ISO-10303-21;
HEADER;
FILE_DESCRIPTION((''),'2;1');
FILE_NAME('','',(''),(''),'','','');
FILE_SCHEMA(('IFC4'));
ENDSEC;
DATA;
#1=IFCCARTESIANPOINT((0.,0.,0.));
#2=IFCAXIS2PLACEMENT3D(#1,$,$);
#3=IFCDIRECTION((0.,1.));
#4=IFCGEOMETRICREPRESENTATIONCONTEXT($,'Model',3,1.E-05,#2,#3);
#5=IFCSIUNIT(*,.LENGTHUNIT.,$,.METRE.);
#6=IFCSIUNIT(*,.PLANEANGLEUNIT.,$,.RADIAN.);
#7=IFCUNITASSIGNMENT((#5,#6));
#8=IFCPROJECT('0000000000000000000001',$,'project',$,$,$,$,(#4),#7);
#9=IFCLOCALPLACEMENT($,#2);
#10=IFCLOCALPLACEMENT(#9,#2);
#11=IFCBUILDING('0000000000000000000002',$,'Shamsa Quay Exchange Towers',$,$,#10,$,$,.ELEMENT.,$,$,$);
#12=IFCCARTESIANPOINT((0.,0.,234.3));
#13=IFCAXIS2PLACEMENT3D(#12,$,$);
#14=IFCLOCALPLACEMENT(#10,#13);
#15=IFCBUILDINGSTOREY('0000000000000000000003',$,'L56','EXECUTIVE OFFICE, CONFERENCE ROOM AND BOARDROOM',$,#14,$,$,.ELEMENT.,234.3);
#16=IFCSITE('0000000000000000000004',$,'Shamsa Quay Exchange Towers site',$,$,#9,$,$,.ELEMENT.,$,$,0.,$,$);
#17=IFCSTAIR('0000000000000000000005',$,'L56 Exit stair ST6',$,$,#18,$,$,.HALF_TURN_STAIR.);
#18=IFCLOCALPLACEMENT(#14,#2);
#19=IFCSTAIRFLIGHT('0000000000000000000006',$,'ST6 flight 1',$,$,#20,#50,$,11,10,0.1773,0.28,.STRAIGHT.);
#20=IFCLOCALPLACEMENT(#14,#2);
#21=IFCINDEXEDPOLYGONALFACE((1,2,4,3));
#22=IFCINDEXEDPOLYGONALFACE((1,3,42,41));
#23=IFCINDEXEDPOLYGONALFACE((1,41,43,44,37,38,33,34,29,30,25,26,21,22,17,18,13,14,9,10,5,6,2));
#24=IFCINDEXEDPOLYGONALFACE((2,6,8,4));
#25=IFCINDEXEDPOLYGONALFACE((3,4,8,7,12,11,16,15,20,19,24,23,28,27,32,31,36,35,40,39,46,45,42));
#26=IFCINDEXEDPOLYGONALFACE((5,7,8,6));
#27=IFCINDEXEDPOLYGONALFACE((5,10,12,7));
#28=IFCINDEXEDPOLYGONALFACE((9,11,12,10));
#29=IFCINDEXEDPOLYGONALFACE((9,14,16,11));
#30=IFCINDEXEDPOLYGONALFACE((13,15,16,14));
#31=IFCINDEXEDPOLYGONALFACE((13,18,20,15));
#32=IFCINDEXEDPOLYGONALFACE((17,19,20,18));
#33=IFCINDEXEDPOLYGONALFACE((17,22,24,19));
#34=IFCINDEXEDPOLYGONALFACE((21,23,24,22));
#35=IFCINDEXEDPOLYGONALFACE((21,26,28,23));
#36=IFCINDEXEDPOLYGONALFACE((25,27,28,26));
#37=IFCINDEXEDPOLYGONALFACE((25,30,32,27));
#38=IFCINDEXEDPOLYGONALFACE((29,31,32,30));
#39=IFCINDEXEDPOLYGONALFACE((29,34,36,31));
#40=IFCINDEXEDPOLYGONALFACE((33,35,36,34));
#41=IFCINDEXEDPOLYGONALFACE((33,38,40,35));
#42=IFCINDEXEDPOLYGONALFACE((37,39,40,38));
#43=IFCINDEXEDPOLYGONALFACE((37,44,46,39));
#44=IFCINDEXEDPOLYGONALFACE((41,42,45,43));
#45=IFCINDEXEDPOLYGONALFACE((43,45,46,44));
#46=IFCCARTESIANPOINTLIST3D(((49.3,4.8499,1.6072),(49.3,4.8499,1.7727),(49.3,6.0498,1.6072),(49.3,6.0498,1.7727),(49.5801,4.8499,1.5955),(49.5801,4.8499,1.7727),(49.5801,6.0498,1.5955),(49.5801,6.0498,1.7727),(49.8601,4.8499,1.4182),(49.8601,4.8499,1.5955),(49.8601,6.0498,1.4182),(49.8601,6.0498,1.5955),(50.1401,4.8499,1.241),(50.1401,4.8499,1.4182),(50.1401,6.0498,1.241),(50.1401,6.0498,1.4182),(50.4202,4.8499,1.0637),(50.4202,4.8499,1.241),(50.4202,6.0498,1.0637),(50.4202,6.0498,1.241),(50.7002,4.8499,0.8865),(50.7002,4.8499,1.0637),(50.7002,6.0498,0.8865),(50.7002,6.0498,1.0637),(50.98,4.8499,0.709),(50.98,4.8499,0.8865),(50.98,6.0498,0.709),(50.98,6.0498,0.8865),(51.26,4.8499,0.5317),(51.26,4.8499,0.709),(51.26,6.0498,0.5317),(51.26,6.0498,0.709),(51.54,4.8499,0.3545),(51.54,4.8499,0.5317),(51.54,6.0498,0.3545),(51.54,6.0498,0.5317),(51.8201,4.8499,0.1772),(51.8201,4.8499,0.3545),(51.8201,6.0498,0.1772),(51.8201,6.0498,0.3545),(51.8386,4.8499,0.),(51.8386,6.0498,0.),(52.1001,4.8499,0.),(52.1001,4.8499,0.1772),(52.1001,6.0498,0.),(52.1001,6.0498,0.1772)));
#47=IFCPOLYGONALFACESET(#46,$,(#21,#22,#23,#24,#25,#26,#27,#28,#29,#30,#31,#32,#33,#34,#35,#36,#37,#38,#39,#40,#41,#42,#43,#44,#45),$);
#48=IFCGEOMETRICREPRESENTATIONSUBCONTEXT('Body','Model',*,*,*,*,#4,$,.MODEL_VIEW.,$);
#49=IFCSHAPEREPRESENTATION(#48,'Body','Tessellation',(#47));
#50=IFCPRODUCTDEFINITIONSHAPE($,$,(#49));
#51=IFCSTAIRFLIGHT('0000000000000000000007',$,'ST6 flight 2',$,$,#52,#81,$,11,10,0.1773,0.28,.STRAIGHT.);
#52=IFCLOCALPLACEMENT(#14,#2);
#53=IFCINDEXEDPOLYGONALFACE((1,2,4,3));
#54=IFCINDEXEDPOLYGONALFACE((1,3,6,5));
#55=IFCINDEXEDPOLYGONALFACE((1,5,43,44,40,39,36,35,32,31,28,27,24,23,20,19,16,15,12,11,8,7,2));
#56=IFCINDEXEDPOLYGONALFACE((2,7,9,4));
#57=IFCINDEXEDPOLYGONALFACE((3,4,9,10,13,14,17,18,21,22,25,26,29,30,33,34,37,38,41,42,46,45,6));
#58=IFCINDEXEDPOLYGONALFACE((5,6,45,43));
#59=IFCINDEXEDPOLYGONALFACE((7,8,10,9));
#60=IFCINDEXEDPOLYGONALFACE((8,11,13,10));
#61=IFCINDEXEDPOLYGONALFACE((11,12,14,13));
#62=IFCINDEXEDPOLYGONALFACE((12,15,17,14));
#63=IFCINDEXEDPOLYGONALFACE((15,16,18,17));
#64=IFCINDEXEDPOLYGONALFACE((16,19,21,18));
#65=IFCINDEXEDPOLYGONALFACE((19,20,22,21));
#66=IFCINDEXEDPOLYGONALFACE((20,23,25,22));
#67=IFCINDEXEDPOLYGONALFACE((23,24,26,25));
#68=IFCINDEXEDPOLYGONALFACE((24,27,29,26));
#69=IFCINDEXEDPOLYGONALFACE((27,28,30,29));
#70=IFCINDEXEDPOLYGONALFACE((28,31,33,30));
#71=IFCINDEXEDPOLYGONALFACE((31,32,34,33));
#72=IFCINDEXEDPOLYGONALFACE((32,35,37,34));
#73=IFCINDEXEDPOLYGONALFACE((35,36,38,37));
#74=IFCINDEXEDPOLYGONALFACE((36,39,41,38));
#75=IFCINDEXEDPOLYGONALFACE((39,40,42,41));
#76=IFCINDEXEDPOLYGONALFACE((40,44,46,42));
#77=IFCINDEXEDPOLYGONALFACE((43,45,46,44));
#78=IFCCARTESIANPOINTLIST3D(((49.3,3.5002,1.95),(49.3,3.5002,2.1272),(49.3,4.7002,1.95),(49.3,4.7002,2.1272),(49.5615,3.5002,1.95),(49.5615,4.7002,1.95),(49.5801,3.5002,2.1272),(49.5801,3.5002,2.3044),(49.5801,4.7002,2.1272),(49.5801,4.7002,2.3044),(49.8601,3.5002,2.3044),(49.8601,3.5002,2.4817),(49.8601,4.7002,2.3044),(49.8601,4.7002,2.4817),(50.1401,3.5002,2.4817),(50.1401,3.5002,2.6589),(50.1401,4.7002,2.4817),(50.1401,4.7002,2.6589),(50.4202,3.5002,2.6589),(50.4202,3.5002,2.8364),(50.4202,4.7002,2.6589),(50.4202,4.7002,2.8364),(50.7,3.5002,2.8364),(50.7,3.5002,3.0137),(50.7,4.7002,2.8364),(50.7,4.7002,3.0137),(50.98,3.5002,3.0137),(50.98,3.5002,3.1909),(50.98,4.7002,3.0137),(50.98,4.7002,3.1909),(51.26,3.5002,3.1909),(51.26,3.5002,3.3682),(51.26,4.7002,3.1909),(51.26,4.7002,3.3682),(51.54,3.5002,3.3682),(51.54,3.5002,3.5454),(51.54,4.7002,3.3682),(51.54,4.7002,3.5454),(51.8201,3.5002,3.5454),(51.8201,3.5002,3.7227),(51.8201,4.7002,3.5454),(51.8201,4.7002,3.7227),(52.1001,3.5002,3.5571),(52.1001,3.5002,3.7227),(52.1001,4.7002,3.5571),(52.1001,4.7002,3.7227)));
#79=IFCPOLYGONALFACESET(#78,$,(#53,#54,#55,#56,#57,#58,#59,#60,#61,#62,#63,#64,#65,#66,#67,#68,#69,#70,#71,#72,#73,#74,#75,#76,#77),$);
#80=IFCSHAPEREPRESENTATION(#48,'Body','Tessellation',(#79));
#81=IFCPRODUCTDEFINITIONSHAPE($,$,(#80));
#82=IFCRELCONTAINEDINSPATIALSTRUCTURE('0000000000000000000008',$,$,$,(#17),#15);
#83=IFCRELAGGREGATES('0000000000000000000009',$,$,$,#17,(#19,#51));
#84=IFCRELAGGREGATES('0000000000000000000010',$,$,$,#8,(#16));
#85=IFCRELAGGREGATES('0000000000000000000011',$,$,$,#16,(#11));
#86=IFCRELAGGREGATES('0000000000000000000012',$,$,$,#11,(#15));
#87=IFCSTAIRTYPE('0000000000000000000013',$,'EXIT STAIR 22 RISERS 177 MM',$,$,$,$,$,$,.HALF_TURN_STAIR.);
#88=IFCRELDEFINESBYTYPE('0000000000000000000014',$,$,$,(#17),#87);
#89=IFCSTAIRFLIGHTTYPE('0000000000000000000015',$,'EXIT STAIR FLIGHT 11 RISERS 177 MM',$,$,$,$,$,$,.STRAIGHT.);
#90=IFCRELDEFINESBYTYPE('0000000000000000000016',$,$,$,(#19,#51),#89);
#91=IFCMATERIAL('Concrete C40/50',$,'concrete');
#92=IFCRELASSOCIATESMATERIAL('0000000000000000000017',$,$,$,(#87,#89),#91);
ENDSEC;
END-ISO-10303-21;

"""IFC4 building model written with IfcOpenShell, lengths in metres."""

from ifc_helpers import new_model, si_unit, direction, frame, origin, place, context, subcontext, project, spatial, polyline, outline, extrude, material, type_object, element, aggregate, save


model = new_model("IFC4")

# Units and contexts
model_context = context("Model", 3, precision=1e-05, world=origin(), true_north=direction((0.0, 1.0)))
body_context = subcontext(model_context, "Body", "Model", "MODEL_VIEW")
ifc_project = project(units=[si_unit("LENGTHUNIT", "METRE"), si_unit("PLANEANGLEUNIT", "RADIAN")], contexts=[model_context])

# Site, building, storey
site_placement = place(None, origin())
site = spatial("IfcSite", under=ifc_project, at=site_placement, Name="Shamsa Quay Exchange Towers site", CompositionType="ELEMENT", RefElevation=0.0)
building_placement = place(site_placement, origin())
building = spatial("IfcBuilding", under=site, at=building_placement, Name="Shamsa Quay Exchange Towers", CompositionType="ELEMENT")
storey_placement = place(building_placement, frame((0.0, 0.0, 234.3)))
storey = spatial("IfcBuildingStorey", under=building, at=storey_placement, Name="L56", Description="EXECUTIVE OFFICE, CONFERENCE ROOM AND BOARDROOM", CompositionType="ELEMENT", Elevation=234.3)

# Stair, stair flights
ifc_material_1 = material(Name="Concrete C40/50", Category="concrete")
stair_type = type_object("IfcStairType", Name="EXIT STAIR 22 RISERS 177 MM", PredefinedType="HALF_TURN_STAIR", material=ifc_material_1)
stair_placement = place(storey_placement, origin())
stair = element("IfcStair", 1, at=stair_placement, inside=storey, type_object=stair_type, Name="L56 Exit stair ST6", PredefinedType="HALF_TURN_STAIR")
stair_flight_type = type_object("IfcStairFlightType", Name="EXIT STAIR FLIGHT 11 RISERS 177 MM", PredefinedType="STRAIGHT", material=ifc_material_1)
stair_flight_1_placement = place(storey_placement, frame((52.1001, 5.45, 0.0), z_axis=(0.0, 0.0, 1.0), x_axis=(-1.0, 0.0, 0.0)))
stair_flight_1 = element("IfcStairFlight", 2, at=stair_flight_1_placement, type_object=stair_flight_type, Name="ST6 flight 1", NumberOfRisers=11, NumberOfTreads=10, PredefinedType="STRAIGHT", RiserHeight=0.1773, TreadLength=0.28, context=body_context, shape_type="SweptSolid", body=[
    extrude(outline(polyline([(0.0, 0.0), (0.0, 0.1772), (0.28, 0.1772), (0.28, 0.3545), (0.5601, 0.3545), (0.5601, 0.5317), (0.8401, 0.5317), (0.8401, 0.709), (1.1201, 0.709), (1.1201, 0.8865), (1.3999, 0.8865), (1.3999, 1.0637), (1.6799, 1.0637), (1.6799, 1.241), (1.96, 1.241), (1.96, 1.4182), (2.24, 1.4182), (2.24, 1.5955), (2.52, 1.5955), (2.52, 1.7727), (2.8, 1.7727), (2.8, 1.95), (2.8, 1.6072), (0.2615, 0.0), (0.0, 0.0)])), frame((0.0, 0.6001, 0.0), z_axis=(0.0, -1.0, 0.0), x_axis=(1.0, 0.0, 0.0)), (0.0, 0.0, 1.0), 1.2),
])
stair_flight_2_placement = place(storey_placement, frame((49.3, 4.1001, 1.95)))
stair_flight_2 = element("IfcStairFlight", 3, at=stair_flight_2_placement, type_object=stair_flight_type, Name="ST6 flight 2", NumberOfRisers=11, NumberOfTreads=10, PredefinedType="STRAIGHT", RiserHeight=0.1773, TreadLength=0.28, context=body_context, shape_type="SweptSolid", body=[
    extrude(outline(polyline([(0.0, 0.0), (0.0, 0.1772), (0.28, 0.1772), (0.28, 0.3545), (0.5601, 0.3545), (0.5601, 0.5317), (0.8401, 0.5317), (0.8401, 0.709), (1.1201, 0.709), (1.1201, 0.8865), (1.3999, 0.8865), (1.3999, 1.0637), (1.6799, 1.0637), (1.6799, 1.241), (1.96, 1.241), (1.96, 1.4182), (2.24, 1.4182), (2.24, 1.5955), (2.52, 1.5955), (2.52, 1.7727), (2.8, 1.7727), (2.8, 1.95), (2.8, 1.6072), (0.2615, 0.0), (0.0, 0.0)])), frame((0.0, 0.6001, 0.0), z_axis=(0.0, -1.0, 0.0), x_axis=(1.0, 0.0, 0.0)), (0.0, 0.0, 1.0), 1.2),
])
aggregate(stair, [stair_flight_1, stair_flight_2])

save(model, "model.ifc")
